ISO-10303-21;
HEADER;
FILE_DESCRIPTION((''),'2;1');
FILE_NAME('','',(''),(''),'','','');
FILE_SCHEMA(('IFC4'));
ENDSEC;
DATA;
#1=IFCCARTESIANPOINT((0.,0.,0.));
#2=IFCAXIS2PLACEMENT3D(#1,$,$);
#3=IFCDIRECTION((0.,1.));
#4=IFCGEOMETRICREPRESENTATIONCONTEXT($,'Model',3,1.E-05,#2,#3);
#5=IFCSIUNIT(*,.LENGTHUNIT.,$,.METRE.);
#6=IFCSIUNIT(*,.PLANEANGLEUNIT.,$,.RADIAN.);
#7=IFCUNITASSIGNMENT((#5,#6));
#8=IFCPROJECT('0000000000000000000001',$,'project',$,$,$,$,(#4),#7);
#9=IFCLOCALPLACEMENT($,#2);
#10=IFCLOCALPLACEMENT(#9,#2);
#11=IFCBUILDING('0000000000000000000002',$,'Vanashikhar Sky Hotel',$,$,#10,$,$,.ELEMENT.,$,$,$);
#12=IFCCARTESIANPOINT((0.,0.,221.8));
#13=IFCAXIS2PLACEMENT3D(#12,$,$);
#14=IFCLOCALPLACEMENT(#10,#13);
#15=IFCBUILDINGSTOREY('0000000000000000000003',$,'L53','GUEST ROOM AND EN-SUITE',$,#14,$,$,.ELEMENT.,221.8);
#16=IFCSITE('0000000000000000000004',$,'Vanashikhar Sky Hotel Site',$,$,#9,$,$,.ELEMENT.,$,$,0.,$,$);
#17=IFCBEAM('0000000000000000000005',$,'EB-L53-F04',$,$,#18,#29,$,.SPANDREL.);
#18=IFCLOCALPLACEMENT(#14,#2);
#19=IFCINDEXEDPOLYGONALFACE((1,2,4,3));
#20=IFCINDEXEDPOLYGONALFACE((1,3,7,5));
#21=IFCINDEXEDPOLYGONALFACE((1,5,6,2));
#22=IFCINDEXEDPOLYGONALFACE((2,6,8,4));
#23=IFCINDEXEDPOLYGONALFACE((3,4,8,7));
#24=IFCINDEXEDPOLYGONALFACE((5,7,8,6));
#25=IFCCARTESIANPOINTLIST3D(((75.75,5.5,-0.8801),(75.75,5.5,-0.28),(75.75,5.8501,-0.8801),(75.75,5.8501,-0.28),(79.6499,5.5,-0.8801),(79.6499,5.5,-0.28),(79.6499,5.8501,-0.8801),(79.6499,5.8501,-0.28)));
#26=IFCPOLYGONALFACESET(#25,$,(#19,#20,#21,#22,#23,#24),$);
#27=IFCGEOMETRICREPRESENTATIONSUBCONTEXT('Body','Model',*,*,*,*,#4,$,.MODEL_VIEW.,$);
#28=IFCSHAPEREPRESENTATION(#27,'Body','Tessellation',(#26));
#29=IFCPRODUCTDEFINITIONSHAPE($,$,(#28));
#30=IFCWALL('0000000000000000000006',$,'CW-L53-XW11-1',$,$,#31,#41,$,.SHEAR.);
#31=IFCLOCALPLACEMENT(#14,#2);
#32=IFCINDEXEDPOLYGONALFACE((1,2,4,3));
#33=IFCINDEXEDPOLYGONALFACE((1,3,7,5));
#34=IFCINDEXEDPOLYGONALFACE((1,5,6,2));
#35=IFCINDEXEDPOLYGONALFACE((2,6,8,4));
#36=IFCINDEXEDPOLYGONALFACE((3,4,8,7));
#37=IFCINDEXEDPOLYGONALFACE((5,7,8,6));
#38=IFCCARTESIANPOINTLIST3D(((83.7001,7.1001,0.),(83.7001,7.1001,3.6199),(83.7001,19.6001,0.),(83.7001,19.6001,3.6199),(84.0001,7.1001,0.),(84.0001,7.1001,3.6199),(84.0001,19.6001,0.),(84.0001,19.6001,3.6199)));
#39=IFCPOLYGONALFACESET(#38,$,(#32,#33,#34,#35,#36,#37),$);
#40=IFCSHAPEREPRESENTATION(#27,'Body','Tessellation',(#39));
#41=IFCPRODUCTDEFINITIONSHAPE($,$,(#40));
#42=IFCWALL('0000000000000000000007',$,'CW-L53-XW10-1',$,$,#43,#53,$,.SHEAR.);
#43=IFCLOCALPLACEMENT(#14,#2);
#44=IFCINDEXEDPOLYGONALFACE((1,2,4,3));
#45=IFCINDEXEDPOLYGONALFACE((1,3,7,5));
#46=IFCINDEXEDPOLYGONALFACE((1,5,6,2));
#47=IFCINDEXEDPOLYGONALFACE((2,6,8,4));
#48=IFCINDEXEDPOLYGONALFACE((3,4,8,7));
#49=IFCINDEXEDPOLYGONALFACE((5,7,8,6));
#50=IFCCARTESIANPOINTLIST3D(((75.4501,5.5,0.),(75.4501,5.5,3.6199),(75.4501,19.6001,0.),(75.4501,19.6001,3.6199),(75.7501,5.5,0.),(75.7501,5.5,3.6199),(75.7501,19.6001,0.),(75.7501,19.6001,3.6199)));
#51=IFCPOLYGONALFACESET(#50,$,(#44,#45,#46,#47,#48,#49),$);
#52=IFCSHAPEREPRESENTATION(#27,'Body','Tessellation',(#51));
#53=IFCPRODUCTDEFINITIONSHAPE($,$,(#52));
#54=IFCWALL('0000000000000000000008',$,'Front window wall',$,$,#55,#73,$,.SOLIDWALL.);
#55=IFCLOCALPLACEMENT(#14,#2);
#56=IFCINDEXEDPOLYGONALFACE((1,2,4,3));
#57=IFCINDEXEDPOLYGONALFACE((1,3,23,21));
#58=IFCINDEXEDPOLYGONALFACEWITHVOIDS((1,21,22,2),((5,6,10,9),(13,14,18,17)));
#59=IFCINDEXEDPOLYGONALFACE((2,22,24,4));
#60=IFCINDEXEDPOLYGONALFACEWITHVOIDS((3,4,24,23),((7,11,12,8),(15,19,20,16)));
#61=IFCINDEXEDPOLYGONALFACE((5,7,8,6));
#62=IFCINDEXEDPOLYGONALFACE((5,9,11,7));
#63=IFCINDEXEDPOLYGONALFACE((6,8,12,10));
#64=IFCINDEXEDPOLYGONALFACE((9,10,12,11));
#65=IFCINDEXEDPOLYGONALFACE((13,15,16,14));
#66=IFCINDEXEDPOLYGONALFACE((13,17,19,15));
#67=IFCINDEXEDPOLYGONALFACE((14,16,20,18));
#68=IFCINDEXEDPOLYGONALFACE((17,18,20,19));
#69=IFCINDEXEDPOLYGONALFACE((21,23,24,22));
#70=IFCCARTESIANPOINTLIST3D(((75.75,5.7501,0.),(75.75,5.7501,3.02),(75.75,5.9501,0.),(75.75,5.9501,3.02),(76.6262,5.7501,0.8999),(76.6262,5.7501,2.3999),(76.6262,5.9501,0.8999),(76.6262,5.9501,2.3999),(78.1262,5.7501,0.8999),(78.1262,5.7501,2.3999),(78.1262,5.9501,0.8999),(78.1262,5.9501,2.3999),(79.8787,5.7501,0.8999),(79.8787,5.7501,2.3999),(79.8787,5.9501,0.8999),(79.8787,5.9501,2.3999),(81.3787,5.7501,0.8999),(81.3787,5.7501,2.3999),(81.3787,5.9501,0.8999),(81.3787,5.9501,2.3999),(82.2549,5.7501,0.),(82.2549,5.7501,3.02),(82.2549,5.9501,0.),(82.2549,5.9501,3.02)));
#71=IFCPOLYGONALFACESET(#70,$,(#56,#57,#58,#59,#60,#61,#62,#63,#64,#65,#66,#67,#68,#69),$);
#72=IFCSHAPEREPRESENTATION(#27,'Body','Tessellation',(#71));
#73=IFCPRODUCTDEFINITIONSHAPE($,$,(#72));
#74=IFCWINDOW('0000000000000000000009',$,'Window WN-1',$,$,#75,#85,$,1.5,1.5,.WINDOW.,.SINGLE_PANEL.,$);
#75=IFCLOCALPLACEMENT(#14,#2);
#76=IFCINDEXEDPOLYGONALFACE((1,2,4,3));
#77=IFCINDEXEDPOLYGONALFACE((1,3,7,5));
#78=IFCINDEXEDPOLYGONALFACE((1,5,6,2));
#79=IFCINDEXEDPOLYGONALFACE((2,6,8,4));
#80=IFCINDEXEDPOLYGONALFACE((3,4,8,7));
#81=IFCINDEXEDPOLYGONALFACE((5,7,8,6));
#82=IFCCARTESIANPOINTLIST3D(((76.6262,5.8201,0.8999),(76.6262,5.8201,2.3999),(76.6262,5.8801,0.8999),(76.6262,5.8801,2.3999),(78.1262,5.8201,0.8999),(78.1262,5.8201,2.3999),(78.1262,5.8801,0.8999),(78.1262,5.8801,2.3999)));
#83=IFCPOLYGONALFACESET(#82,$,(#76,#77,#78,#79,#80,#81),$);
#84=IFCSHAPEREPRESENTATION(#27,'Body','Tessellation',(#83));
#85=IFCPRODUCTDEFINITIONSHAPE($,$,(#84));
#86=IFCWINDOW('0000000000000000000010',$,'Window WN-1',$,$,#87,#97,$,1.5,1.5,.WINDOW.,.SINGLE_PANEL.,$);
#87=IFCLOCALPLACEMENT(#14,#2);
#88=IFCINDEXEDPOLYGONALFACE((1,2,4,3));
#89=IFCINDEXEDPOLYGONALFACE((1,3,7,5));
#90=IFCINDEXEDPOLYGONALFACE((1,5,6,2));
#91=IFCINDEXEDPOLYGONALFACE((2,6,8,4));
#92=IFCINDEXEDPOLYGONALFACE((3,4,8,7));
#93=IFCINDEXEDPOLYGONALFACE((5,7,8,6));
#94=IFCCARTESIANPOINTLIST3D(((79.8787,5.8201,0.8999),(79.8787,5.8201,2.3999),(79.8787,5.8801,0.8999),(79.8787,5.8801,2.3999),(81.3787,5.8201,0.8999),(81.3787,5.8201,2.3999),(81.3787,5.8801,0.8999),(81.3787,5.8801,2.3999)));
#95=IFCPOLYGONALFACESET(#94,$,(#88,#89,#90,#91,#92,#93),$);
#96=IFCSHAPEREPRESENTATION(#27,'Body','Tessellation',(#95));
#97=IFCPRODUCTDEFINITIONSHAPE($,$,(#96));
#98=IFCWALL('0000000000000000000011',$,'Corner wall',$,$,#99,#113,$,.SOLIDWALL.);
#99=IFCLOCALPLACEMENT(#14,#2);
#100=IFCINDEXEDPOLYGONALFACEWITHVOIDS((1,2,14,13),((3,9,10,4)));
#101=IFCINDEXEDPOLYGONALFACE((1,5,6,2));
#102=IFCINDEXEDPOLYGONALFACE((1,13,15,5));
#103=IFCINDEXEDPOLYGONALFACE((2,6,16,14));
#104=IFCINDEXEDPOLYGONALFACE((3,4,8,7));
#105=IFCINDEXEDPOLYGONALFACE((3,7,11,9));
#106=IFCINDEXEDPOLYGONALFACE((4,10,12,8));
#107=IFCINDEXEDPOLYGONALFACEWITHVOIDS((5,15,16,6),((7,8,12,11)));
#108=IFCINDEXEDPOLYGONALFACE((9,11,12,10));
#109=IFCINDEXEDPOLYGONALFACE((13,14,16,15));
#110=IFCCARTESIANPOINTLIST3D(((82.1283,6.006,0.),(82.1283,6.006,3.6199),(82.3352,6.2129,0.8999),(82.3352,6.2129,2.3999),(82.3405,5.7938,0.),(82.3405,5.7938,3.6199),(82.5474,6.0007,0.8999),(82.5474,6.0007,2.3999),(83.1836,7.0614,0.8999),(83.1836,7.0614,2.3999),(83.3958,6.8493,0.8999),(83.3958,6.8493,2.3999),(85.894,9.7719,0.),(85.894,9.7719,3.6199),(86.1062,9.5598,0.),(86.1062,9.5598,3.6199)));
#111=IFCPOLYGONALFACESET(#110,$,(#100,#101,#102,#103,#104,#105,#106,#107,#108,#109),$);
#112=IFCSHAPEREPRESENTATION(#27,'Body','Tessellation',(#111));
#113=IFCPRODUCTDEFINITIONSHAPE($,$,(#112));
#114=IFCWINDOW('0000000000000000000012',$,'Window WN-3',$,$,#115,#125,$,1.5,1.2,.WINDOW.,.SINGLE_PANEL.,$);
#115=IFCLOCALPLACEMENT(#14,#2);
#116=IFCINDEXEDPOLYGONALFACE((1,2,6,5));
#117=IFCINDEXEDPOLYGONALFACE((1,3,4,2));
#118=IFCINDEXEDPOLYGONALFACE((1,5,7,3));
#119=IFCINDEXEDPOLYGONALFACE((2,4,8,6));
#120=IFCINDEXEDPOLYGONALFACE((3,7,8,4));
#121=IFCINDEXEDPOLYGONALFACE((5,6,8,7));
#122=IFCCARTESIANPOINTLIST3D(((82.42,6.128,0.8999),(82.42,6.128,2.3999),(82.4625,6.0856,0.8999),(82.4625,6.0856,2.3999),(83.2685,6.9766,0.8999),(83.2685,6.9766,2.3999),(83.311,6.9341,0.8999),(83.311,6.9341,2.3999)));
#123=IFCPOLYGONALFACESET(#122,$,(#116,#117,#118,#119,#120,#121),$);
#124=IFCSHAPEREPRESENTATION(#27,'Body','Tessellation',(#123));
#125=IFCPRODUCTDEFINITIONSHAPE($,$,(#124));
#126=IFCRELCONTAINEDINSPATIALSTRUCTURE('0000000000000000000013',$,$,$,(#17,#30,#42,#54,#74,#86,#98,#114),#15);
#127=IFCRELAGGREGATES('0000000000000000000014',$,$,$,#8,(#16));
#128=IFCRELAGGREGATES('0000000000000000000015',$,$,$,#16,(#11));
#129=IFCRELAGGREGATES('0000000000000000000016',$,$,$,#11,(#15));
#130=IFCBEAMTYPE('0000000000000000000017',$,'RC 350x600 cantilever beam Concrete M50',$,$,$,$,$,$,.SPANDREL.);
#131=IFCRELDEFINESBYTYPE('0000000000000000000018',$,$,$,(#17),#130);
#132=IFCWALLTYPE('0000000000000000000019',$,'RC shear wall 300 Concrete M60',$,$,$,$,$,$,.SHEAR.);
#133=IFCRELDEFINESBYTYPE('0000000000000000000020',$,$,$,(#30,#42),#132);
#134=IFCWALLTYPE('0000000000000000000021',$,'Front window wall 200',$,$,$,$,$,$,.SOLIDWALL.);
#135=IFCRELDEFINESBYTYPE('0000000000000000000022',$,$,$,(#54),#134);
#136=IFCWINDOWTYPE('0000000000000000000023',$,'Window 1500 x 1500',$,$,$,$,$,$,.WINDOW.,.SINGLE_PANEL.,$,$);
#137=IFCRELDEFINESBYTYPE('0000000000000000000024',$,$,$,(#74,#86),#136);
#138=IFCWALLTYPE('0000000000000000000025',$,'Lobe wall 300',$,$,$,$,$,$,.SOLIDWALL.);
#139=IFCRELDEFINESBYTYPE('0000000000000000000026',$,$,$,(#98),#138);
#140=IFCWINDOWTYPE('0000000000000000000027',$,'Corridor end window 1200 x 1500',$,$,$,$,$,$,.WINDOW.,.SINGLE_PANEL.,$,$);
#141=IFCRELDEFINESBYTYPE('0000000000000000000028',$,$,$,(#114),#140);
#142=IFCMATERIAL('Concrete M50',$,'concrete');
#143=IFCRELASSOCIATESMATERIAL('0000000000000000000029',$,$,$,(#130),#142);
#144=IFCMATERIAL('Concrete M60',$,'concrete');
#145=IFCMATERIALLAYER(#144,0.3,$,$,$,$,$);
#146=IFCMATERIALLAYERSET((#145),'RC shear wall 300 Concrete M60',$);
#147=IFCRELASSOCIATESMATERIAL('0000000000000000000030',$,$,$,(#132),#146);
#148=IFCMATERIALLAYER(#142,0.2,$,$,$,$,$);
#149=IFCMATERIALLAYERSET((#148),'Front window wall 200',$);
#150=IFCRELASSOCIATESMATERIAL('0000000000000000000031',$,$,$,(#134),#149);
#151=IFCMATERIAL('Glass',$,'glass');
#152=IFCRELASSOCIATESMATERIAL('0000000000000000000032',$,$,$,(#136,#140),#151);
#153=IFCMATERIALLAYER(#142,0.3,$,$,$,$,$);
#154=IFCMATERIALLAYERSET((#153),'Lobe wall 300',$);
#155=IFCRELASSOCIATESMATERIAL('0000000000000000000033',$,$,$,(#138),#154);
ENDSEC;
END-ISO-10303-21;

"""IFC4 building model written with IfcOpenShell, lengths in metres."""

from ifc_helpers import new_model, si_unit, direction, frame, frame_2d, origin, origin_2d, place, context, subcontext, project, spatial, rectangle, extrude, source, transform, mapped, material, layer, layer_set, material_profile, profile_set, type_object, element, fill, save


model = new_model("IFC4")

# Units and contexts
model_context = context("Model", 3, precision=1e-05, world=origin(), true_north=direction((0.0, 1.0)))
body_context = subcontext(model_context, "Body", "Model", "MODEL_VIEW")
ifc_project = project(units=[si_unit("LENGTHUNIT", "METRE"), si_unit("PLANEANGLEUNIT", "RADIAN")], contexts=[model_context])

# Site, building, storey
site_placement = place(None, origin())
site = spatial("IfcSite", under=ifc_project, at=site_placement, Name="Vanashikhar Sky Hotel Site", CompositionType="ELEMENT", RefElevation=0.0)
building_placement = place(site_placement, origin())
building = spatial("IfcBuilding", under=site, at=building_placement, Name="Vanashikhar Sky Hotel", CompositionType="ELEMENT")
storey_placement = place(building_placement, frame((0.0, 0.0, 221.8)))
storey = spatial("IfcBuildingStorey", under=building, at=storey_placement, Name="L53", Description="GUEST ROOM AND EN-SUITE", CompositionType="ELEMENT", Elevation=221.8)

# Beam
ifc_material_1 = material(Name="Concrete M50", Category="concrete")
ifc_material_profile = material_profile(ifc_material_1, rectangle(XDim=0.3501, YDim=0.6001, at=origin_2d()))
ifc_profile_set = profile_set([ifc_material_profile], Name="RC 350x600 cantilever beam Concrete M50")
beam_type = type_object("IfcBeamType", Name="RC 350x600 cantilever beam Concrete M50", PredefinedType="SPANDREL", material=ifc_profile_set)
shared_shape_1 = source(origin(), body_context, "Body", "SweptSolid", [
    extrude(rectangle(XDim=0.3501, YDim=0.6001, at=origin_2d()), origin(), (0.0, 0.0, 1.0), 3.8999),
])
beam_placement = place(storey_placement, frame((75.75, 5.675, -0.5801), z_axis=(1.0, 0.0, 0.0), x_axis=(0.0, 1.0, 0.0)))
element("IfcBeam", 1, at=beam_placement, inside=storey, type_object=beam_type, Name="EB-L53-F04", PredefinedType="SPANDREL", context=body_context, shape_type="MappedRepresentation", body=[
    mapped(shared_shape_1, transform((0.0, 0.0, 0.0), scale=1.0)),
])

# Walls
ifc_material_2 = material(Name="Concrete M60", Category="concrete")
ifc_layer_1 = layer(ifc_material_2, 0.3)
ifc_layer_set_1 = layer_set([ifc_layer_1], Name="RC shear wall 300 Concrete M60")
wall_type_1 = type_object("IfcWallType", Name="RC shear wall 300 Concrete M60", PredefinedType="SHEAR", material=ifc_layer_set_1)
shared_shape_2 = source(origin(), body_context, "Body", "SweptSolid", [
    extrude(rectangle(XDim=12.5, YDim=0.3, at=frame_2d((6.25, 0.0))), origin(), (0.0, 0.0, 1.0), 3.6199),
])
wall_1_placement = place(storey_placement, frame((83.8501, 7.1001, 0.0), z_axis=(0.0, 0.0, 1.0), x_axis=(0.0, 1.0, 0.0)))
element("IfcWall", 2, at=wall_1_placement, inside=storey, type_object=wall_type_1, Name="CW-L53-XW11-1", PredefinedType="SHEAR", context=body_context, shape_type="MappedRepresentation", body=[
    mapped(shared_shape_2, transform((0.0, 0.0, 0.0), scale=1.0)),
])
shared_shape_3 = source(origin(), body_context, "Body", "SweptSolid", [
    extrude(rectangle(XDim=14.1001, YDim=0.3, at=frame_2d((7.05, 0.0))), origin(), (0.0, 0.0, 1.0), 3.6199),
])
wall_2_placement = place(storey_placement, frame((75.6001, 5.5, 0.0), z_axis=(0.0, 0.0, 1.0), x_axis=(0.0, 1.0, 0.0)))
element("IfcWall", 3, at=wall_2_placement, inside=storey, type_object=wall_type_1, Name="CW-L53-XW10-1", PredefinedType="SHEAR", context=body_context, shape_type="MappedRepresentation", body=[
    mapped(shared_shape_3, transform((0.0, 0.0, 0.0), scale=1.0)),
])

# Wall, openings, windows
ifc_layer_2 = layer(ifc_material_1, 0.2)
ifc_layer_set_2 = layer_set([ifc_layer_2], Name="Front window wall 200")
wall_type_2 = type_object("IfcWallType", Name="Front window wall 200", PredefinedType="SOLIDWALL", material=ifc_layer_set_2)
shared_shape_4 = source(origin(), body_context, "Body", "SweptSolid", [
    extrude(rectangle(XDim=6.5049, YDim=0.2, at=frame_2d((3.2524, 0.0))), origin(), (0.0, 0.0, 1.0), 3.02),
])
wall_3_placement = place(storey_placement, frame((75.75, 5.8501, 0.0), z_axis=(0.0, 0.0, 1.0), x_axis=(1.0, 0.0, 0.0)))
wall_3 = element("IfcWall", 4, at=wall_3_placement, inside=storey, type_object=wall_type_2, Name="Front window wall", PredefinedType="SOLIDWALL", context=body_context, shape_type="MappedRepresentation", body=[
    mapped(shared_shape_4, transform((0.0, 0.0, 0.0), scale=1.0)),
])
shared_shape_5 = source(origin(), body_context, "Body", "SweptSolid", [
    extrude(rectangle(XDim=1.5, YDim=1.5, at=frame_2d((0.75, 0.75))), frame((0.0, 0.1099, 0.0), z_axis=(0.0, -1.0, 0.0), x_axis=(1.0, 0.0, 0.0)), (0.0, 0.0, 1.0), 0.22),
])
opening_1_placement = place(wall_3_placement, frame((0.8762, 0.0, 0.8999)))
opening_1 = element("IfcOpeningElement", 5, at=opening_1_placement, cuts=wall_3, PredefinedType="OPENING", context=body_context, shape_type="MappedRepresentation", body=[
    mapped(shared_shape_5, transform((0.0, 0.0, 0.0), scale=1.0)),
])
opening_2_placement = place(wall_3_placement, frame((4.1287, 0.0, 0.8999)))
opening_2 = element("IfcOpeningElement", 6, at=opening_2_placement, cuts=wall_3, PredefinedType="OPENING", context=body_context, shape_type="MappedRepresentation", body=[
    mapped(shared_shape_5, transform((0.0, 0.0, 0.0), scale=1.0)),
])
ifc_material_3 = material(Name="Glass", Category="glass")
window_type_1 = type_object("IfcWindowType", Name="Window 1500 x 1500", PartitioningType="SINGLE_PANEL", PredefinedType="WINDOW", material=ifc_material_3)
shared_shape_6 = source(origin(), body_context, "Body", "SweptSolid", [
    extrude(rectangle(XDim=1.5, YDim=1.5, at=frame_2d((0.75, 0.75))), frame((0.0, 0.03, 0.0), z_axis=(0.0, -1.0, 0.0), x_axis=(1.0, 0.0, 0.0)), (0.0, 0.0, 1.0), 0.0601),
])
window_1_placement = place(opening_1_placement, origin())
window_1 = element("IfcWindow", 7, at=window_1_placement, inside=storey, type_object=window_type_1, Name="Window WN-1", OverallHeight=1.5, OverallWidth=1.5, PartitioningType="SINGLE_PANEL", PredefinedType="WINDOW", context=body_context, shape_type="MappedRepresentation", body=[
    mapped(shared_shape_6, transform((0.0, 0.0, 0.0), scale=1.0)),
])
fill(opening_1, window_1)
window_2_placement = place(opening_2_placement, origin())
window_2 = element("IfcWindow", 8, at=window_2_placement, inside=storey, type_object=window_type_1, Name="Window WN-1", OverallHeight=1.5, OverallWidth=1.5, PartitioningType="SINGLE_PANEL", PredefinedType="WINDOW", context=body_context, shape_type="MappedRepresentation", body=[
    mapped(shared_shape_6, transform((0.0, 0.0, 0.0), scale=1.0)),
])
fill(opening_2, window_2)

# Wall, opening, window
ifc_layer_3 = layer(ifc_material_1, 0.3)
ifc_layer_set_3 = layer_set([ifc_layer_3], Name="Lobe wall 300")
wall_type_3 = type_object("IfcWallType", Name="Lobe wall 300", PredefinedType="SOLIDWALL", material=ifc_layer_set_3)
shared_shape_7 = source(origin(), body_context, "Body", "SweptSolid", [
    extrude(rectangle(XDim=5.3257, YDim=0.3, at=frame_2d((2.6628, 0.0))), origin(), (0.0, 0.0, 1.0), 3.6199),
])
wall_4_placement = place(storey_placement, frame((82.2344, 5.8999, 0.0), z_axis=(0.0, 0.0, 1.0), x_axis=(0.707084, 0.70713, 0.0)))
wall_4 = element("IfcWall", 9, at=wall_4_placement, inside=storey, type_object=wall_type_3, Name="Corner wall", PredefinedType="SOLIDWALL", context=body_context, shape_type="MappedRepresentation", body=[
    mapped(shared_shape_7, transform((0.0, 0.0, 0.0), scale=1.0)),
])
shared_shape_8 = source(origin(), body_context, "Body", "SweptSolid", [
    extrude(rectangle(XDim=1.2, YDim=1.5, at=frame_2d((0.6001, 0.75))), frame((0.0, 0.1602, 0.0), z_axis=(0.0, -1.0, 0.0), x_axis=(1.0, 0.0, 0.0)), (0.0, 0.0, 1.0), 0.3201),
])
opening_3_placement = place(wall_4_placement, frame((0.2925, 0.0, 0.8999)))
opening_3 = element("IfcOpeningElement", 10, at=opening_3_placement, cuts=wall_4, PredefinedType="OPENING", context=body_context, shape_type="MappedRepresentation", body=[
    mapped(shared_shape_8, transform((0.0, 0.0, 0.0), scale=1.0)),
])
window_type_2 = type_object("IfcWindowType", Name="Corridor end window 1200 x 1500", PartitioningType="SINGLE_PANEL", PredefinedType="WINDOW", material=ifc_material_3)
shared_shape_9 = source(origin(), body_context, "Body", "SweptSolid", [
    extrude(rectangle(XDim=1.2, YDim=1.5, at=frame_2d((0.6001, 0.75))), frame((0.0, 0.03, 0.0), z_axis=(0.0, -1.0, 0.0), x_axis=(1.0, 0.0, 0.0)), (0.0, 0.0, 1.0), 0.0601),
])
window_3_placement = place(opening_3_placement, origin())
window_3 = element("IfcWindow", 11, at=window_3_placement, inside=storey, type_object=window_type_2, Name="Window WN-3", OverallHeight=1.5, OverallWidth=1.2, PartitioningType="SINGLE_PANEL", PredefinedType="WINDOW", context=body_context, shape_type="MappedRepresentation", body=[
    mapped(shared_shape_9, transform((0.0, 0.0, 0.0), scale=1.0)),
])
fill(opening_3, window_3)

save(model, "model.ifc")
